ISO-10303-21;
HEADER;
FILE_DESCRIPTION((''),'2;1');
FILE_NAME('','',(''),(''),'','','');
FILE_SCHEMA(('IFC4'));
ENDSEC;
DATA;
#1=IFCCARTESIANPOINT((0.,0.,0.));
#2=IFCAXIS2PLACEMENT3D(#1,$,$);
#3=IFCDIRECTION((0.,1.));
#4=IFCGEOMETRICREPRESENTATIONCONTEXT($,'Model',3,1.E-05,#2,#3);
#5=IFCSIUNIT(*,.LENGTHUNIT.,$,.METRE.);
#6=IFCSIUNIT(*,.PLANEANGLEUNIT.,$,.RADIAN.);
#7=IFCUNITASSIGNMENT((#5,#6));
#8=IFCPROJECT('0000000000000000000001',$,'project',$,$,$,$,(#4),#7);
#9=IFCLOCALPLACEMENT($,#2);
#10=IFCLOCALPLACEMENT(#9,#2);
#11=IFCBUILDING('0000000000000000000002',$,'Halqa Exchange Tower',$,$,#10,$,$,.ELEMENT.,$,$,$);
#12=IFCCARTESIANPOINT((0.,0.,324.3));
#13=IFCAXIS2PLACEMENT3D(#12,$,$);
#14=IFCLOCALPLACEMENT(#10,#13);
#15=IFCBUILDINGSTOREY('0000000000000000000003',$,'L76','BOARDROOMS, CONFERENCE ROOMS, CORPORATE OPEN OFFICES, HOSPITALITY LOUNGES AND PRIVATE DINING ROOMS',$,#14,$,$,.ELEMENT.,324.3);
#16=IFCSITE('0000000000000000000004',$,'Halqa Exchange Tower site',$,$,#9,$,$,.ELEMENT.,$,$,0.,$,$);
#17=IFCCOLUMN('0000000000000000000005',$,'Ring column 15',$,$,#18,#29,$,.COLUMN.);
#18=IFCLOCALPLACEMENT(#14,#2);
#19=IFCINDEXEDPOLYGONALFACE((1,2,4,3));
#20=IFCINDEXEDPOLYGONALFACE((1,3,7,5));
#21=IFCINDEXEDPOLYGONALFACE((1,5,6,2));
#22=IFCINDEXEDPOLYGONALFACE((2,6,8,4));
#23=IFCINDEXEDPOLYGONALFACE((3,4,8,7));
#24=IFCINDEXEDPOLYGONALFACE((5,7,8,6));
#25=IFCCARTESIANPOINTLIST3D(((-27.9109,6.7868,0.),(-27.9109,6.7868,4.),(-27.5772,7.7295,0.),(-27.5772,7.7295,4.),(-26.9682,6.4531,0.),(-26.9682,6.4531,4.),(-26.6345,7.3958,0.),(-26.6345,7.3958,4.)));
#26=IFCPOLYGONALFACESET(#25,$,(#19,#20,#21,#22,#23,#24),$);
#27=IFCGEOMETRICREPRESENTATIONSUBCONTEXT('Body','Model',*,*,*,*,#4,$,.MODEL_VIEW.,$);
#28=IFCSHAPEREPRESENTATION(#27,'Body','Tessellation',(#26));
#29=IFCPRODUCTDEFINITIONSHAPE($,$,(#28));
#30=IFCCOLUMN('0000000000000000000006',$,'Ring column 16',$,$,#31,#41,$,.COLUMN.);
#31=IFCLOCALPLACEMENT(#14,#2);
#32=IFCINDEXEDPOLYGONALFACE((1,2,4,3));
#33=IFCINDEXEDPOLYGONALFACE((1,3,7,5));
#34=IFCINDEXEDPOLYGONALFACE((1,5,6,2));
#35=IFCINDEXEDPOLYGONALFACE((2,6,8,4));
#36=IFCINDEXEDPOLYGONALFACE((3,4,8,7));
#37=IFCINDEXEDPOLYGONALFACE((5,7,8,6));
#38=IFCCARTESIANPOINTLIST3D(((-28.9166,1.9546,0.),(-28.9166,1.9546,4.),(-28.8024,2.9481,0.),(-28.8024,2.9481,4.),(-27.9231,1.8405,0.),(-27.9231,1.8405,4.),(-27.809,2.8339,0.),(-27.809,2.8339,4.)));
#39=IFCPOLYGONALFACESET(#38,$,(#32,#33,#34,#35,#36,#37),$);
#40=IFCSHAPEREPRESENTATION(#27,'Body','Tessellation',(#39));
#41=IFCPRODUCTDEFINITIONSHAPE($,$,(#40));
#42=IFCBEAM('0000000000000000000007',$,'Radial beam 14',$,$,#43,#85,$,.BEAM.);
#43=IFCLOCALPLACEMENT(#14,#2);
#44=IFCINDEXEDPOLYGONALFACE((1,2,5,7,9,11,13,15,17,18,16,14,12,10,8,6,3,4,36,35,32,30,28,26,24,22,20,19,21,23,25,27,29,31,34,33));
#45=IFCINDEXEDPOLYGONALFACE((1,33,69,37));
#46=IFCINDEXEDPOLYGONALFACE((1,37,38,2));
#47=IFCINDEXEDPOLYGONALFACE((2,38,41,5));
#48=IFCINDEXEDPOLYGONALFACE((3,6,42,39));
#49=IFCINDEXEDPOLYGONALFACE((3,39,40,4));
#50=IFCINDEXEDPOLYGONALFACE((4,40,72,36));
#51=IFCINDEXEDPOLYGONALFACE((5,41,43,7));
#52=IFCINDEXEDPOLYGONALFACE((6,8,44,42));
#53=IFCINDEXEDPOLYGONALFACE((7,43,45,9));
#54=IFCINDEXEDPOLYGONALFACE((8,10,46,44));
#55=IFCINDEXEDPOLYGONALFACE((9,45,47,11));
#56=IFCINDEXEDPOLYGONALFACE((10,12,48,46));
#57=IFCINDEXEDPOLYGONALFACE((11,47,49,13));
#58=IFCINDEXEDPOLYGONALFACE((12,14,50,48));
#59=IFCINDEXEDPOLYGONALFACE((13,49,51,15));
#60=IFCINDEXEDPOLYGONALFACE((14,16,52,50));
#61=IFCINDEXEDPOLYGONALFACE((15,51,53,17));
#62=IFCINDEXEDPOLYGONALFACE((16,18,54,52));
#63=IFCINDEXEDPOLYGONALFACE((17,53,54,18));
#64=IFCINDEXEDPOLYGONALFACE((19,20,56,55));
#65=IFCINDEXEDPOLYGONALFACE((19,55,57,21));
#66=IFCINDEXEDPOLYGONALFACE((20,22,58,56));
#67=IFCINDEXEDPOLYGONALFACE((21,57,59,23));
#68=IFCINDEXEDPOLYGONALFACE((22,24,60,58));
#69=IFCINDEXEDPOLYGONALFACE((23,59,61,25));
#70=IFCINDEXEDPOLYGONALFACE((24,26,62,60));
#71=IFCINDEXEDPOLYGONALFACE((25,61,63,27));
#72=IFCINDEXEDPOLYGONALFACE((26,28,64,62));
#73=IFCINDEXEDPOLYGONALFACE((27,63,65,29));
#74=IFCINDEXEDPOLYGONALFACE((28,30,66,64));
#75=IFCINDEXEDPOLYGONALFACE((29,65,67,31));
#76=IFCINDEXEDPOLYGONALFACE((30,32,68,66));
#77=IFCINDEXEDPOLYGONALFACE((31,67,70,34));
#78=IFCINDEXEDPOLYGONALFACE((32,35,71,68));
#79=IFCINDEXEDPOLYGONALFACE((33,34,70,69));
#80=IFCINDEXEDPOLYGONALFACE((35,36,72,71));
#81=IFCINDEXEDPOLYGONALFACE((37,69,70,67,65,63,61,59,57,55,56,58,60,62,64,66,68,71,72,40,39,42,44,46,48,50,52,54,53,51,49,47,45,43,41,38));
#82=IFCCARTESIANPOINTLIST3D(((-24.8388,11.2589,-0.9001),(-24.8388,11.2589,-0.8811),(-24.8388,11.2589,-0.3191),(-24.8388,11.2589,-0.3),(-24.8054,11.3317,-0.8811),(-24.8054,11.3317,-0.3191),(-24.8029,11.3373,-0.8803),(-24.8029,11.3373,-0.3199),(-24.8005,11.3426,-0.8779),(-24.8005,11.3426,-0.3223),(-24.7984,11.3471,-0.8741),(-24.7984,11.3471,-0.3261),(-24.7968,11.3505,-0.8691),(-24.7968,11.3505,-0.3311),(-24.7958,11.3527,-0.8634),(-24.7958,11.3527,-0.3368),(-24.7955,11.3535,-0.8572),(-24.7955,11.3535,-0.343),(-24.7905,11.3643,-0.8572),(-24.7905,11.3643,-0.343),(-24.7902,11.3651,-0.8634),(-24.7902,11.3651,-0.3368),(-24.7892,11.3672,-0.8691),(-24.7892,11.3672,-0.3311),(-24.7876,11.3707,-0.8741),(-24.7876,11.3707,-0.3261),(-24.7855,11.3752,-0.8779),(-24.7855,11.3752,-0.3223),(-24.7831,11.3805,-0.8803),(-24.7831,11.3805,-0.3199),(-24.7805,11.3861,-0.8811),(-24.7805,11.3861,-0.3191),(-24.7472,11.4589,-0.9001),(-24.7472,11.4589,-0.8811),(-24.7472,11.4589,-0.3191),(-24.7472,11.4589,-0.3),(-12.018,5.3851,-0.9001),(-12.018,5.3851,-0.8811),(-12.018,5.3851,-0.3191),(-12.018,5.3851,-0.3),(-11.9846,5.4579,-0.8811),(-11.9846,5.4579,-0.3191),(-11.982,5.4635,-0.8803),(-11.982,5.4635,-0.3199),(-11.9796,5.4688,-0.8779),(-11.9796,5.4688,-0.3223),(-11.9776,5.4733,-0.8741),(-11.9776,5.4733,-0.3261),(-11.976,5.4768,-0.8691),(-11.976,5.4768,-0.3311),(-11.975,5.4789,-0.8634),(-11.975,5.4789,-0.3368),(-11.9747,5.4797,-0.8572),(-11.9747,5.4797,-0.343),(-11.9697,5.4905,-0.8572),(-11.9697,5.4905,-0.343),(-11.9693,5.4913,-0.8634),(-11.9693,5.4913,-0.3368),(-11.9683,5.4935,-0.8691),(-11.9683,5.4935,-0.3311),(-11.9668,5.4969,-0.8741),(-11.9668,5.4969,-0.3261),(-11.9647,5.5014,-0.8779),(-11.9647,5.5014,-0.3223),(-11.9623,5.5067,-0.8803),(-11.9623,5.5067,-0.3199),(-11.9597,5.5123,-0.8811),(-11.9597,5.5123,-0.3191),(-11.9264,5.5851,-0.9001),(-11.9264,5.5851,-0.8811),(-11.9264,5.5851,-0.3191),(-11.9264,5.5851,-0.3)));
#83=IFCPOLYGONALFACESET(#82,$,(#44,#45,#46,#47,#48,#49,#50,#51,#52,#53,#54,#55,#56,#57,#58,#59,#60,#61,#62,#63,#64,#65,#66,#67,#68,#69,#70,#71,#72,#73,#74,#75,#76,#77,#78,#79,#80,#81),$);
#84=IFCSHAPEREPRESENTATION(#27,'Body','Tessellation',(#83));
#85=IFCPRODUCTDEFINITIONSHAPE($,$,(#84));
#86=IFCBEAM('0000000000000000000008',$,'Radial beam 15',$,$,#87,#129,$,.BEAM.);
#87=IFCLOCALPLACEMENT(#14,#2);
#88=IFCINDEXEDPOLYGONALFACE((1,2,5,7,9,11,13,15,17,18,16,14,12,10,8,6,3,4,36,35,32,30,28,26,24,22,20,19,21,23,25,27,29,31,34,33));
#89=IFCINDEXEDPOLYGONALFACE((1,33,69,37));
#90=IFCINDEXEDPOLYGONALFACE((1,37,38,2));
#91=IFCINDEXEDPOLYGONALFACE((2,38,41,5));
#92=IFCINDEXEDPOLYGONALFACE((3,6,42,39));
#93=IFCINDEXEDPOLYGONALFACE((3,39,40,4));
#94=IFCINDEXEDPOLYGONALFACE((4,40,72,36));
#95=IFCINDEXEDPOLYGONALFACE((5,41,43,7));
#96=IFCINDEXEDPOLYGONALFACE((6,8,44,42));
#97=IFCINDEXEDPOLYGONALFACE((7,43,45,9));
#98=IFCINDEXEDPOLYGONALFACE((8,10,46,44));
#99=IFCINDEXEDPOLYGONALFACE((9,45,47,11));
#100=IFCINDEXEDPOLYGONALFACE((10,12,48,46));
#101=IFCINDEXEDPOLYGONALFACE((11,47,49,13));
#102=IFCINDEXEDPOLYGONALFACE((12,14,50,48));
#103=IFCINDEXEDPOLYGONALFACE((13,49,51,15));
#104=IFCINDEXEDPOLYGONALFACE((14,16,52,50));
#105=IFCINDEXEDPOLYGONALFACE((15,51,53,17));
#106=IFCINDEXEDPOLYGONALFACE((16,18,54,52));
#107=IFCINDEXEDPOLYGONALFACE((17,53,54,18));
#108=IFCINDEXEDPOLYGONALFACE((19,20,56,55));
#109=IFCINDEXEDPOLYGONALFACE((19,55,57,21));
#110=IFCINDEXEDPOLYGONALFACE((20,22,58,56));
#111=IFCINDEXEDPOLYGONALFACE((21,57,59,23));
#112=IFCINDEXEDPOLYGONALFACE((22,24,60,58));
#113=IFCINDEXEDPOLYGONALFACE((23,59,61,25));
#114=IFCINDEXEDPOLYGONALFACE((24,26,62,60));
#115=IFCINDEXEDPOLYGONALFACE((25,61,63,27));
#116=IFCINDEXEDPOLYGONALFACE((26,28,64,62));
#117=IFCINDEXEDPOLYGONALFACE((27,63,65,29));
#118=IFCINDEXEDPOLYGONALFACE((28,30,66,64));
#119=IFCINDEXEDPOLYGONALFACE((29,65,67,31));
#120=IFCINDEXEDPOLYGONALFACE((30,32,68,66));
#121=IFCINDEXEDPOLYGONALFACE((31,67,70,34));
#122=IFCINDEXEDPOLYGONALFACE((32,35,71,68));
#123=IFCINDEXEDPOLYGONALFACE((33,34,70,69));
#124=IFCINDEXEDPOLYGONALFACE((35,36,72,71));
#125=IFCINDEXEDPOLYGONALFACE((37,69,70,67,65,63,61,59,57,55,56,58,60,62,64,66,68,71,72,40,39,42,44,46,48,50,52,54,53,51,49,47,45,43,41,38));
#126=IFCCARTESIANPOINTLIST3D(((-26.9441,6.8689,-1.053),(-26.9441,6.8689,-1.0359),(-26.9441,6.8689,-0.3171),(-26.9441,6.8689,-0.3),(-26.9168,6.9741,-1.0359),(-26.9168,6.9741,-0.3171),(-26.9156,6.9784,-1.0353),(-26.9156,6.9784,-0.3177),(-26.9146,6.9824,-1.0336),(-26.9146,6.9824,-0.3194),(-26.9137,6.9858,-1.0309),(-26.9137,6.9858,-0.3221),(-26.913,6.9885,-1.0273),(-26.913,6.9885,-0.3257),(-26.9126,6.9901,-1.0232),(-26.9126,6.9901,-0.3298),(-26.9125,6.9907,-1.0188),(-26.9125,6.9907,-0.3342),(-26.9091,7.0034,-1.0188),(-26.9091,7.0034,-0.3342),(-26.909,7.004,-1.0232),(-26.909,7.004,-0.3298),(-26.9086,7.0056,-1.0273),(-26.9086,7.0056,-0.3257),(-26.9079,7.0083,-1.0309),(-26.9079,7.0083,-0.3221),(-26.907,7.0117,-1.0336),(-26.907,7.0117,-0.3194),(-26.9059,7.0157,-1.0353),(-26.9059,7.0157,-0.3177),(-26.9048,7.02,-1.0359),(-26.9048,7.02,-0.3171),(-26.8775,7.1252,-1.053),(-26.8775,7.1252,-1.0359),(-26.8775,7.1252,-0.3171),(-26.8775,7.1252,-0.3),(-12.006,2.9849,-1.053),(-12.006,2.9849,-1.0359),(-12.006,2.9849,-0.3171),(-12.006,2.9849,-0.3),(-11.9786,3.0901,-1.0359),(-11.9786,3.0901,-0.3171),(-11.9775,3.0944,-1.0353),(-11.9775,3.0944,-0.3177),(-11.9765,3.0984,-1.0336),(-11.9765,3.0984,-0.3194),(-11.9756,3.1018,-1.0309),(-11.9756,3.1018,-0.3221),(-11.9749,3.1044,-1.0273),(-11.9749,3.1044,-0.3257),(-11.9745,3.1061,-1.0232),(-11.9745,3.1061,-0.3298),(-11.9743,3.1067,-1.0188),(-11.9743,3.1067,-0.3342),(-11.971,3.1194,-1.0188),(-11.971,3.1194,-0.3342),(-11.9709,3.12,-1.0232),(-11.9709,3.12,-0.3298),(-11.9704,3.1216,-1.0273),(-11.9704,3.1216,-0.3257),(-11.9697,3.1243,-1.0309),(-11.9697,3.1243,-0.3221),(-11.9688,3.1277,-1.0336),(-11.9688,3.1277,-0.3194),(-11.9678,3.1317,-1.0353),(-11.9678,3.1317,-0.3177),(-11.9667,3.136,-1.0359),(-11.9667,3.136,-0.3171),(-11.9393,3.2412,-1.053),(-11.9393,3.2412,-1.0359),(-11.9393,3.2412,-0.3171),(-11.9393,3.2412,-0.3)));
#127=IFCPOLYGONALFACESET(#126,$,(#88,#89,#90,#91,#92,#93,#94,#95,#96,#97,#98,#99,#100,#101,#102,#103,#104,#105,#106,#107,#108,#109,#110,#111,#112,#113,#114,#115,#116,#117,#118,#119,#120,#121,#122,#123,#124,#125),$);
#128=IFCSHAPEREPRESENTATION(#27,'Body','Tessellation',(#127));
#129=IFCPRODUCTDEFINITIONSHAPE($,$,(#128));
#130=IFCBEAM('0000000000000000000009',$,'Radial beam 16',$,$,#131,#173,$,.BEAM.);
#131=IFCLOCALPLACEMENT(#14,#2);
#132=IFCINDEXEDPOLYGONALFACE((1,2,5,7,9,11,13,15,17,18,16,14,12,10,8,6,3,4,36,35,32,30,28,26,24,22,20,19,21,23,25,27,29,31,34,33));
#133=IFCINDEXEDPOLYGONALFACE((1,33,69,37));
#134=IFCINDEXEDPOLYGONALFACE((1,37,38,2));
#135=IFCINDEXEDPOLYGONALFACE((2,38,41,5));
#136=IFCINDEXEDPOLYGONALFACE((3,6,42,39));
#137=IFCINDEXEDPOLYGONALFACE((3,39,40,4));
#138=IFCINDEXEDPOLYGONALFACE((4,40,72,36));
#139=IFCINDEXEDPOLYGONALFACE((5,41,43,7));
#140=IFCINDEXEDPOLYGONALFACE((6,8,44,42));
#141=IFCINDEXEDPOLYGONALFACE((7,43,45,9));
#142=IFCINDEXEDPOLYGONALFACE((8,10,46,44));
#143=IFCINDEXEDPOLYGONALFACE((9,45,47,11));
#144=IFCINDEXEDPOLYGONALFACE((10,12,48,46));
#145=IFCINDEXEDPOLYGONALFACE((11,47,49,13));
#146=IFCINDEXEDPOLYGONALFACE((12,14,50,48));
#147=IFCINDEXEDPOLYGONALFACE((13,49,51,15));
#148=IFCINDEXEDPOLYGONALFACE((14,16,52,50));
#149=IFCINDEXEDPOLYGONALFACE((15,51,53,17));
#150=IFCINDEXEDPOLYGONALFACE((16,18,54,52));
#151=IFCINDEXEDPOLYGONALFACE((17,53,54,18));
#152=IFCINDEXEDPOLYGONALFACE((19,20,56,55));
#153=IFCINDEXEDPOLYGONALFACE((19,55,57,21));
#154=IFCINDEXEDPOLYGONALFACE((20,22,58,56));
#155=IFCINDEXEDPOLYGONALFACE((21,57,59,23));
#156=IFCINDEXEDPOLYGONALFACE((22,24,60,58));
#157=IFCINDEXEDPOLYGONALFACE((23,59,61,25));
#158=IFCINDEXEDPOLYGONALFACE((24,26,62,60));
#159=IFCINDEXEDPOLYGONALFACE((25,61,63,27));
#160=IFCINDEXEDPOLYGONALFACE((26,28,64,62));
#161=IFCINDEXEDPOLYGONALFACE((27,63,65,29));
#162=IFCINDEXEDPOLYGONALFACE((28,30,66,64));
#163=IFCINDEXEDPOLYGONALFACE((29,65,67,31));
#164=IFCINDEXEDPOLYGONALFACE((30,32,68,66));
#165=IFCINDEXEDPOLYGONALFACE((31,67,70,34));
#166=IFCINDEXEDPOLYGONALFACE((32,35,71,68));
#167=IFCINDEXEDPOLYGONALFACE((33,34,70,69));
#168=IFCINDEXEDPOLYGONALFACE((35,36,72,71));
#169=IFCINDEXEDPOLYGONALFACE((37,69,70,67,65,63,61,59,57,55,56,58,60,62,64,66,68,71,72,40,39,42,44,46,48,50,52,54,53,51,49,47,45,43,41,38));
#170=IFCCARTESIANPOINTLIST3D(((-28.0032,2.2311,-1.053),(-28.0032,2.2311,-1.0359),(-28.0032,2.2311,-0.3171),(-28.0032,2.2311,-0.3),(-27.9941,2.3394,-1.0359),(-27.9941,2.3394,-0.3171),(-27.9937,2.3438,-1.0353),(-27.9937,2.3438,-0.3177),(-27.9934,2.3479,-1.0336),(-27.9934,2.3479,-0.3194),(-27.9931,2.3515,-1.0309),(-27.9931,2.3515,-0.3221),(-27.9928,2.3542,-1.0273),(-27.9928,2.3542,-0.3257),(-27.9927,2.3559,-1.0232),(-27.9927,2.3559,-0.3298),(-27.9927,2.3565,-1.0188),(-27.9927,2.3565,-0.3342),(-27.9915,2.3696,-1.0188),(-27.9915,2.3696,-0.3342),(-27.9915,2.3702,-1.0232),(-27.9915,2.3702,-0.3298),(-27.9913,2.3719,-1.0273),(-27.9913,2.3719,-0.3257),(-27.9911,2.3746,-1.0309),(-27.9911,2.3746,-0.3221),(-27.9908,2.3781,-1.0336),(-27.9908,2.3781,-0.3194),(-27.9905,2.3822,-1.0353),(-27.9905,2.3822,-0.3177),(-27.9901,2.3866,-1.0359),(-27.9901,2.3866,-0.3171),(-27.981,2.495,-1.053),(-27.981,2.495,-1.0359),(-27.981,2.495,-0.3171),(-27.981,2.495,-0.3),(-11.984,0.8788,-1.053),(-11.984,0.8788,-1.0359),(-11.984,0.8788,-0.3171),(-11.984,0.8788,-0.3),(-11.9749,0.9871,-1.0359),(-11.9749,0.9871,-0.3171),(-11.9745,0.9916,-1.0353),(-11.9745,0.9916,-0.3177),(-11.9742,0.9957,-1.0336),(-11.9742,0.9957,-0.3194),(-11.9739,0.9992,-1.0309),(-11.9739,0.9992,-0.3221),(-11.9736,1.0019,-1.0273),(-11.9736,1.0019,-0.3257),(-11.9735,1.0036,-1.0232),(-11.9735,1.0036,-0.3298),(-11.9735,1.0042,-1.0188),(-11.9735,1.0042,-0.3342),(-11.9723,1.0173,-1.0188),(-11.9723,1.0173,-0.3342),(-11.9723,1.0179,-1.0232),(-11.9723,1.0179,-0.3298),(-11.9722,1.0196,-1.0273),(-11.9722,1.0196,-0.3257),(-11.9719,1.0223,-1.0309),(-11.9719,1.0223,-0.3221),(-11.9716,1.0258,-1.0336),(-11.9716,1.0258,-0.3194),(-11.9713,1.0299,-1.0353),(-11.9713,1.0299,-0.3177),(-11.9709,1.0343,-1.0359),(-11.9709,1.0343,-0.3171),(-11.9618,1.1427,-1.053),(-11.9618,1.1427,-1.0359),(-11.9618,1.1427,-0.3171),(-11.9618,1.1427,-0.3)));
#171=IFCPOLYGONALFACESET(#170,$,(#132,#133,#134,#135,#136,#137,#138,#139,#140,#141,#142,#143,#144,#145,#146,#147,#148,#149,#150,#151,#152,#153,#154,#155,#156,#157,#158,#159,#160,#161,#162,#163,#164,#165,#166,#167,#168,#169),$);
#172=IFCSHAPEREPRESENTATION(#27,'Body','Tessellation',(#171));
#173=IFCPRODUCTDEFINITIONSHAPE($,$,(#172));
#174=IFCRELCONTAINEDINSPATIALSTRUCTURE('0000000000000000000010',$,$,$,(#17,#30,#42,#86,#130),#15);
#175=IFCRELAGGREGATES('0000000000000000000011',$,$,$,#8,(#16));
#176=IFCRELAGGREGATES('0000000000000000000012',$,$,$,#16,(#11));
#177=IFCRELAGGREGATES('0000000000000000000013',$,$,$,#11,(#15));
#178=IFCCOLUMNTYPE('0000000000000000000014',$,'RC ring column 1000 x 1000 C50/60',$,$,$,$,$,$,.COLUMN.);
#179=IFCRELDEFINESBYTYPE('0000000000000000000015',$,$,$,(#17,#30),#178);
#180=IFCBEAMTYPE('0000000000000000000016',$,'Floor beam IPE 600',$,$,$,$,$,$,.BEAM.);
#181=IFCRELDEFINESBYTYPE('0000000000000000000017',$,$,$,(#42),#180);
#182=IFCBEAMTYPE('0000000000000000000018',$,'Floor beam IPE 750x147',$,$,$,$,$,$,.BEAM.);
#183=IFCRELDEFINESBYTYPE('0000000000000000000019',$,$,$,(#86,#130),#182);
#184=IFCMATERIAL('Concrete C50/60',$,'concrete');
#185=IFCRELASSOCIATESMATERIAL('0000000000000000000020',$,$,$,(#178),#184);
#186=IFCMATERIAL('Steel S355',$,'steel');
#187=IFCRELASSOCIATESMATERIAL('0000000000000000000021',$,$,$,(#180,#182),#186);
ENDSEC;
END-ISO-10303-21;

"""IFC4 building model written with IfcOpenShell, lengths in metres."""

from ifc_helpers import new_model, si_unit, direction, frame, origin, origin_2d, place, context, subcontext, project, spatial, rectangle, i_section, extrude, material, material_profile, profile_set, type_object, element, save


model = new_model("IFC4")

# Units and contexts
model_context = context("Model", 3, precision=1e-05, world=origin(), true_north=direction((0.0, 1.0)))
body_context = subcontext(model_context, "Body", "Model", "MODEL_VIEW")
ifc_project = project(units=[si_unit("LENGTHUNIT", "METRE"), si_unit("PLANEANGLEUNIT", "RADIAN")], contexts=[model_context])

# Site, building, storey
site_placement = place(None, origin())
site = spatial("IfcSite", under=ifc_project, at=site_placement, Name="Halqa Exchange Tower site", CompositionType="ELEMENT", RefElevation=0.0)
building_placement = place(site_placement, origin())
building = spatial("IfcBuilding", under=site, at=building_placement, Name="Halqa Exchange Tower", CompositionType="ELEMENT")
storey_placement = place(building_placement, frame((0.0, 0.0, 324.3)))
storey = spatial("IfcBuildingStorey", under=building, at=storey_placement, Name="L76", Description="BOARDROOMS, CONFERENCE ROOMS, CORPORATE OPEN OFFICES, HOSPITALITY LOUNGES AND PRIVATE DINING ROOMS", CompositionType="ELEMENT", Elevation=324.3)

# Columns
ifc_material_1 = material(Name="Concrete C50/60", Category="concrete")
ifc_material_profile_1 = material_profile(ifc_material_1, rectangle(XDim=1.0, YDim=1.0, at=origin_2d()), Name="1000 x 1000")
ifc_profile_set_1 = profile_set([ifc_material_profile_1], Name="Concrete C50/60")
column_type = type_object("IfcColumnType", Name="RC ring column 1000 x 1000 C50/60", PredefinedType="COLUMN", material=ifc_profile_set_1)
for number, where, z_axis, x_axis, name in (
    (1, (-27.2727, 7.0913, 0.0), (0.0, 0.0, 1.0), (-0.333624, -0.942706, 0.0), "Ring column 15"),
    (2, (-28.3628, 2.3943, 0.0), (0.0, 0.0, 1.0), (-0.11416, -0.993462, 0.0), "Ring column 16"),
):
    element("IfcColumn", number, at=place(storey_placement, frame(where, z_axis=z_axis, x_axis=x_axis)), inside=storey, type_object=column_type, Name=name, PredefinedType="COLUMN", context=body_context, shape_type="SweptSolid", body=[
        extrude(rectangle(XDim=1.0, YDim=1.0, at=origin_2d()), origin(), (0.0, 0.0, 1.0), 4.0),
    ])

# Beams
ifc_material_2 = material(Name="Steel S355", Category="steel")
ifc_material_profile_2 = material_profile(ifc_material_2, i_section(OverallWidth=0.22, OverallDepth=0.6001, WebThickness=0.012, FlangeThickness=0.019, FilletRadius=0.0239, at=origin_2d()), Name="IPE 600")
ifc_profile_set_2 = profile_set([ifc_material_profile_2], Name="Steel S355")
beam_type_1 = type_object("IfcBeamType", Name="Floor beam IPE 600", PredefinedType="BEAM", material=ifc_profile_set_2)
beam_1_placement = place(storey_placement, frame((-11.9722, 5.4851, -0.6001), z_axis=(-0.90913, 0.416513, 0.0), x_axis=(-0.416513, -0.90913, 0.0)))
element("IfcBeam", 3, at=beam_1_placement, inside=storey, type_object=beam_type_1, Name="Radial beam 14", PredefinedType="BEAM", context=body_context, shape_type="SweptSolid", body=[
    extrude(i_section(OverallWidth=0.22, OverallDepth=0.6001, WebThickness=0.012, FlangeThickness=0.019, FilletRadius=0.0239, at=origin_2d()), origin(), (0.0, 0.0, 1.0), 14.1023),
])
ifc_material_profile_3 = material_profile(ifc_material_2, i_section(OverallWidth=0.2649, OverallDepth=0.7529, WebThickness=0.0132, FlangeThickness=0.0171, FilletRadius=0.0171, at=origin_2d()), Name="IPE 750x147")
ifc_profile_set_3 = profile_set([ifc_material_profile_3], Name="Steel S355")
beam_type_2 = type_object("IfcBeamType", Name="Floor beam IPE 750x147", PredefinedType="BEAM", material=ifc_profile_set_3)
beam_2_placement = place(storey_placement, frame((-11.9727, 3.113, -0.6765), z_axis=(-0.967821, 0.251639, 0.0), x_axis=(-0.251639, -0.967821, 0.0)))
element("IfcBeam", 4, at=beam_2_placement, inside=storey, type_object=beam_type_2, Name="Radial beam 15", PredefinedType="BEAM", context=body_context, shape_type="SweptSolid", body=[
    extrude(i_section(OverallWidth=0.2649, OverallDepth=0.7529, WebThickness=0.0132, FlangeThickness=0.0171, FilletRadius=0.0171, at=origin_2d()), origin(), (0.0, 0.0, 1.0), 15.4348),
])
for number, where, z_axis, x_axis, name in (
    (5, (-11.9729, 1.0107, -0.6765), (-0.996456, 0.084117, 0.0), (-0.084117, -0.996456, 0.0), "Radial beam 16"),
):
    element("IfcBeam", number, at=place(storey_placement, frame(where, z_axis=z_axis, x_axis=x_axis)), inside=storey, type_object=beam_type_2, Name=name, PredefinedType="BEAM", context=body_context, shape_type="SweptSolid", body=[
        extrude(i_section(OverallWidth=0.2649, OverallDepth=0.7529, WebThickness=0.0132, FlangeThickness=0.0171, FilletRadius=0.0171, at=origin_2d()), origin(), (0.0, 0.0, 1.0), 16.0762),
    ])

save(model, "model.ifc")
